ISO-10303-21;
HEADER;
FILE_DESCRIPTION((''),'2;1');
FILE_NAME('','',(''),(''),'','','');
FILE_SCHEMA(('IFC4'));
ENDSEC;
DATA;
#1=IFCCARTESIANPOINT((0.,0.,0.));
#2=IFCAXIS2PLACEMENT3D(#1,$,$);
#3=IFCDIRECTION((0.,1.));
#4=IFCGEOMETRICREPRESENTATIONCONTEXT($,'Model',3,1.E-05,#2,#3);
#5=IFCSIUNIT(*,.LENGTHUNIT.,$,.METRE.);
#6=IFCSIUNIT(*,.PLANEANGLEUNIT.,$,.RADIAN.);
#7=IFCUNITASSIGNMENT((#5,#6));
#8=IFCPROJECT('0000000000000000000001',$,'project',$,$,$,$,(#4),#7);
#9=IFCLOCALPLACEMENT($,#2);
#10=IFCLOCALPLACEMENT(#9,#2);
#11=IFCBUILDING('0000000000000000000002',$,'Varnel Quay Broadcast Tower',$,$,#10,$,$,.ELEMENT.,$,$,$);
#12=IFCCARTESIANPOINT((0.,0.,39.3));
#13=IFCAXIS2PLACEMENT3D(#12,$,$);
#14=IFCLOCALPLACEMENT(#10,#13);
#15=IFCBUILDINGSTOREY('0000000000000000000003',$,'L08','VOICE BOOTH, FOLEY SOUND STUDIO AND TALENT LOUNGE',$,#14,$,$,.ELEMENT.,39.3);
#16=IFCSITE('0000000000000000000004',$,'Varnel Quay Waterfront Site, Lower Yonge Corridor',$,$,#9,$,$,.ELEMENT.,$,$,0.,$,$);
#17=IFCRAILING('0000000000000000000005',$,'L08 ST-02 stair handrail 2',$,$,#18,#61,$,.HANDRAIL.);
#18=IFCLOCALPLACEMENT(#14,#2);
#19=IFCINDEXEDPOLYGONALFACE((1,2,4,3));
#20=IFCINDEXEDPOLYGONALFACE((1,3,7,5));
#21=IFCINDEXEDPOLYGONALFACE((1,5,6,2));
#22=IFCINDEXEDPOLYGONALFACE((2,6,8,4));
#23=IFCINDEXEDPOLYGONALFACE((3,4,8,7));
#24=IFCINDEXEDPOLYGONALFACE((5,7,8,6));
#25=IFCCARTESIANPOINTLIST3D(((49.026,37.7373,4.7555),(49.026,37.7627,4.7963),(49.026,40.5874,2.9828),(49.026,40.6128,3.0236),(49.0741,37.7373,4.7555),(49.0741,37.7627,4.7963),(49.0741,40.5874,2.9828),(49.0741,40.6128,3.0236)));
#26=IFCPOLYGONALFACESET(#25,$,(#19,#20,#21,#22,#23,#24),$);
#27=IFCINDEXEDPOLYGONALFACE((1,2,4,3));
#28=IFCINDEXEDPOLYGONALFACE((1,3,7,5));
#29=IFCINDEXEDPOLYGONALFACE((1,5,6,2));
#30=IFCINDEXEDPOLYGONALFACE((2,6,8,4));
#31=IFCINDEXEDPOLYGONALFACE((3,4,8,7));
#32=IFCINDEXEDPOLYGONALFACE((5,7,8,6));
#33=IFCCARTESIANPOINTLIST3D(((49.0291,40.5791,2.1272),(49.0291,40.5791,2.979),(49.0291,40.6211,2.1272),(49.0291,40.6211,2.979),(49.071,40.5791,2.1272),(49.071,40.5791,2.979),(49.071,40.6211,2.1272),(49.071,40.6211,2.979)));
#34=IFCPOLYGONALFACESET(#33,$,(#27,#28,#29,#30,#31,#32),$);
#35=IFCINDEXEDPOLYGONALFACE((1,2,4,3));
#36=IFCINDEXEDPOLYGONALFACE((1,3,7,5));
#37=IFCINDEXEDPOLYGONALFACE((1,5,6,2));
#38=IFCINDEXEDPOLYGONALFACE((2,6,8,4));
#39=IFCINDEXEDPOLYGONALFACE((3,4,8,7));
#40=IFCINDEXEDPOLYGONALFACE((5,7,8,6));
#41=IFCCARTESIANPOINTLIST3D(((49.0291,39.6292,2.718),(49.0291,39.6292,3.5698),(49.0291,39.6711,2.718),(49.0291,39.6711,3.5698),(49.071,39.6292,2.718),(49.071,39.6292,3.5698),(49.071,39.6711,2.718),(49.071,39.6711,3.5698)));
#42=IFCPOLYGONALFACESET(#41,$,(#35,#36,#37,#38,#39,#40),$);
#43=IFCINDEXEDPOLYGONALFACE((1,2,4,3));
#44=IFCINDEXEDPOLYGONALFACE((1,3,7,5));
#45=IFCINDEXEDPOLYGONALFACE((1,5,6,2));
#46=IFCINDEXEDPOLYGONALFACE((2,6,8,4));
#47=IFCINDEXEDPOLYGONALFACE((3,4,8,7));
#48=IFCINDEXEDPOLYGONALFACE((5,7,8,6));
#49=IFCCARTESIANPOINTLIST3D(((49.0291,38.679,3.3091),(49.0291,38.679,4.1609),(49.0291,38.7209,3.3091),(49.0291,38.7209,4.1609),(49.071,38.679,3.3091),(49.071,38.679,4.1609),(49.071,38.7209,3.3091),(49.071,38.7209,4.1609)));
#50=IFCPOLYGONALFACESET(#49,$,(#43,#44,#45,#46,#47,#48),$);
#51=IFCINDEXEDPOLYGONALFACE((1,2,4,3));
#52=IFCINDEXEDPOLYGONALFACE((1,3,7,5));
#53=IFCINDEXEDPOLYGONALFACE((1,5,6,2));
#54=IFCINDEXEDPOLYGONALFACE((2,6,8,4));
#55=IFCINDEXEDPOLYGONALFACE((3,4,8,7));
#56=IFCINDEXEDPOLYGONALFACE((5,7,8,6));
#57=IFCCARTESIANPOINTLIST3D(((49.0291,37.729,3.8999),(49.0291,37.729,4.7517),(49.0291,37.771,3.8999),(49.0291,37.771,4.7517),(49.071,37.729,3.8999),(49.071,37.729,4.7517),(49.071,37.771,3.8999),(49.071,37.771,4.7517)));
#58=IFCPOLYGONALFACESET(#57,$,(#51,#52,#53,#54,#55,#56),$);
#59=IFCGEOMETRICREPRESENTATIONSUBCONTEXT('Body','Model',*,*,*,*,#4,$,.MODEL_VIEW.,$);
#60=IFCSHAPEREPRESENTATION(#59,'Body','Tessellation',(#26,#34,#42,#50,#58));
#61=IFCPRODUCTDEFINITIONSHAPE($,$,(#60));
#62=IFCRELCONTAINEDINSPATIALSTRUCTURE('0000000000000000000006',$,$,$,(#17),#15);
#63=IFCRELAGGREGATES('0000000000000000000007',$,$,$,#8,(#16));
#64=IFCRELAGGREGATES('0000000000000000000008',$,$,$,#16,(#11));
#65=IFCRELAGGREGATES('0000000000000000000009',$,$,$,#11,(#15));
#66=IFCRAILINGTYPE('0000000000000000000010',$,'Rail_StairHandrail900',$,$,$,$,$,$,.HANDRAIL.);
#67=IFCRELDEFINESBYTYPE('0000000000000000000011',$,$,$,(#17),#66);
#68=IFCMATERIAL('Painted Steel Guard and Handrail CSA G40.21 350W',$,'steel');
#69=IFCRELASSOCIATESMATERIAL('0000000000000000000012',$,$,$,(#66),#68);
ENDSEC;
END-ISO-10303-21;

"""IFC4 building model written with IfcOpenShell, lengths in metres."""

from ifc_helpers import new_model, si_unit, direction, frame, origin, origin_2d, place, context, subcontext, project, spatial, rectangle, extrude, material, type_object, element, save


model = new_model("IFC4")

# Units and contexts
model_context = context("Model", 3, precision=1e-05, world=origin(), true_north=direction((0.0, 1.0)))
body_context = subcontext(model_context, "Body", "Model", "MODEL_VIEW")
ifc_project = project(units=[si_unit("LENGTHUNIT", "METRE"), si_unit("PLANEANGLEUNIT", "RADIAN")], contexts=[model_context])

# Site, building, storey
site_placement = place(None, origin())
site = spatial("IfcSite", under=ifc_project, at=site_placement, Name="Varnel Quay Waterfront Site, Lower Yonge Corridor", CompositionType="ELEMENT", RefElevation=0.0)
building_placement = place(site_placement, origin())
building = spatial("IfcBuilding", under=site, at=building_placement, Name="Varnel Quay Broadcast Tower", CompositionType="ELEMENT")
storey_placement = place(building_placement, frame((0.0, 0.0, 39.3)))
storey = spatial("IfcBuildingStorey", under=building, at=storey_placement, Name="L08", Description="VOICE BOOTH, FOLEY SOUND STUDIO AND TALENT LOUNGE", CompositionType="ELEMENT", Elevation=39.3)

# Railing
ifc_material_1 = material(Name="Painted Steel Guard and Handrail CSA G40.21 350W", Category="steel")
railing_type = type_object("IfcRailingType", Name="Rail_StairHandrail900", PredefinedType="HANDRAIL", material=ifc_material_1)
railing_placement = place(storey_placement, frame((49.05, 40.6001, 2.1272)))
element("IfcRailing", 1, at=railing_placement, inside=storey, type_object=railing_type, Name="L08 ST-02 stair handrail 2", PredefinedType="HANDRAIL", context=body_context, shape_type="SweptSolid", body=[
    extrude(rectangle(XDim=0.0481, YDim=0.0481, at=origin_2d()), frame((0.0, 0.0, 0.876), z_axis=(0.0, -0.849149, 0.528154), x_axis=(1.0, 0.0, 0.0)), (0.0, 0.0, 1.0), 3.3564),
    extrude(rectangle(XDim=0.042, YDim=0.042, at=origin_2d()), origin(), (0.0, 0.0, 1.0), 0.8518),
    extrude(rectangle(XDim=0.042, YDim=0.042, at=origin_2d()), frame((0.0, -0.95, 0.5908)), (0.0, 0.0, 1.0), 0.8518),
    extrude(rectangle(XDim=0.042, YDim=0.042, at=origin_2d()), frame((0.0, -1.9001, 1.1819)), (0.0, 0.0, 1.0), 0.8518),
    extrude(rectangle(XDim=0.042, YDim=0.042, at=origin_2d()), frame((0.0, -2.8501, 1.7727)), (0.0, 0.0, 1.0), 0.8518),
])

save(model, "model.ifc")
